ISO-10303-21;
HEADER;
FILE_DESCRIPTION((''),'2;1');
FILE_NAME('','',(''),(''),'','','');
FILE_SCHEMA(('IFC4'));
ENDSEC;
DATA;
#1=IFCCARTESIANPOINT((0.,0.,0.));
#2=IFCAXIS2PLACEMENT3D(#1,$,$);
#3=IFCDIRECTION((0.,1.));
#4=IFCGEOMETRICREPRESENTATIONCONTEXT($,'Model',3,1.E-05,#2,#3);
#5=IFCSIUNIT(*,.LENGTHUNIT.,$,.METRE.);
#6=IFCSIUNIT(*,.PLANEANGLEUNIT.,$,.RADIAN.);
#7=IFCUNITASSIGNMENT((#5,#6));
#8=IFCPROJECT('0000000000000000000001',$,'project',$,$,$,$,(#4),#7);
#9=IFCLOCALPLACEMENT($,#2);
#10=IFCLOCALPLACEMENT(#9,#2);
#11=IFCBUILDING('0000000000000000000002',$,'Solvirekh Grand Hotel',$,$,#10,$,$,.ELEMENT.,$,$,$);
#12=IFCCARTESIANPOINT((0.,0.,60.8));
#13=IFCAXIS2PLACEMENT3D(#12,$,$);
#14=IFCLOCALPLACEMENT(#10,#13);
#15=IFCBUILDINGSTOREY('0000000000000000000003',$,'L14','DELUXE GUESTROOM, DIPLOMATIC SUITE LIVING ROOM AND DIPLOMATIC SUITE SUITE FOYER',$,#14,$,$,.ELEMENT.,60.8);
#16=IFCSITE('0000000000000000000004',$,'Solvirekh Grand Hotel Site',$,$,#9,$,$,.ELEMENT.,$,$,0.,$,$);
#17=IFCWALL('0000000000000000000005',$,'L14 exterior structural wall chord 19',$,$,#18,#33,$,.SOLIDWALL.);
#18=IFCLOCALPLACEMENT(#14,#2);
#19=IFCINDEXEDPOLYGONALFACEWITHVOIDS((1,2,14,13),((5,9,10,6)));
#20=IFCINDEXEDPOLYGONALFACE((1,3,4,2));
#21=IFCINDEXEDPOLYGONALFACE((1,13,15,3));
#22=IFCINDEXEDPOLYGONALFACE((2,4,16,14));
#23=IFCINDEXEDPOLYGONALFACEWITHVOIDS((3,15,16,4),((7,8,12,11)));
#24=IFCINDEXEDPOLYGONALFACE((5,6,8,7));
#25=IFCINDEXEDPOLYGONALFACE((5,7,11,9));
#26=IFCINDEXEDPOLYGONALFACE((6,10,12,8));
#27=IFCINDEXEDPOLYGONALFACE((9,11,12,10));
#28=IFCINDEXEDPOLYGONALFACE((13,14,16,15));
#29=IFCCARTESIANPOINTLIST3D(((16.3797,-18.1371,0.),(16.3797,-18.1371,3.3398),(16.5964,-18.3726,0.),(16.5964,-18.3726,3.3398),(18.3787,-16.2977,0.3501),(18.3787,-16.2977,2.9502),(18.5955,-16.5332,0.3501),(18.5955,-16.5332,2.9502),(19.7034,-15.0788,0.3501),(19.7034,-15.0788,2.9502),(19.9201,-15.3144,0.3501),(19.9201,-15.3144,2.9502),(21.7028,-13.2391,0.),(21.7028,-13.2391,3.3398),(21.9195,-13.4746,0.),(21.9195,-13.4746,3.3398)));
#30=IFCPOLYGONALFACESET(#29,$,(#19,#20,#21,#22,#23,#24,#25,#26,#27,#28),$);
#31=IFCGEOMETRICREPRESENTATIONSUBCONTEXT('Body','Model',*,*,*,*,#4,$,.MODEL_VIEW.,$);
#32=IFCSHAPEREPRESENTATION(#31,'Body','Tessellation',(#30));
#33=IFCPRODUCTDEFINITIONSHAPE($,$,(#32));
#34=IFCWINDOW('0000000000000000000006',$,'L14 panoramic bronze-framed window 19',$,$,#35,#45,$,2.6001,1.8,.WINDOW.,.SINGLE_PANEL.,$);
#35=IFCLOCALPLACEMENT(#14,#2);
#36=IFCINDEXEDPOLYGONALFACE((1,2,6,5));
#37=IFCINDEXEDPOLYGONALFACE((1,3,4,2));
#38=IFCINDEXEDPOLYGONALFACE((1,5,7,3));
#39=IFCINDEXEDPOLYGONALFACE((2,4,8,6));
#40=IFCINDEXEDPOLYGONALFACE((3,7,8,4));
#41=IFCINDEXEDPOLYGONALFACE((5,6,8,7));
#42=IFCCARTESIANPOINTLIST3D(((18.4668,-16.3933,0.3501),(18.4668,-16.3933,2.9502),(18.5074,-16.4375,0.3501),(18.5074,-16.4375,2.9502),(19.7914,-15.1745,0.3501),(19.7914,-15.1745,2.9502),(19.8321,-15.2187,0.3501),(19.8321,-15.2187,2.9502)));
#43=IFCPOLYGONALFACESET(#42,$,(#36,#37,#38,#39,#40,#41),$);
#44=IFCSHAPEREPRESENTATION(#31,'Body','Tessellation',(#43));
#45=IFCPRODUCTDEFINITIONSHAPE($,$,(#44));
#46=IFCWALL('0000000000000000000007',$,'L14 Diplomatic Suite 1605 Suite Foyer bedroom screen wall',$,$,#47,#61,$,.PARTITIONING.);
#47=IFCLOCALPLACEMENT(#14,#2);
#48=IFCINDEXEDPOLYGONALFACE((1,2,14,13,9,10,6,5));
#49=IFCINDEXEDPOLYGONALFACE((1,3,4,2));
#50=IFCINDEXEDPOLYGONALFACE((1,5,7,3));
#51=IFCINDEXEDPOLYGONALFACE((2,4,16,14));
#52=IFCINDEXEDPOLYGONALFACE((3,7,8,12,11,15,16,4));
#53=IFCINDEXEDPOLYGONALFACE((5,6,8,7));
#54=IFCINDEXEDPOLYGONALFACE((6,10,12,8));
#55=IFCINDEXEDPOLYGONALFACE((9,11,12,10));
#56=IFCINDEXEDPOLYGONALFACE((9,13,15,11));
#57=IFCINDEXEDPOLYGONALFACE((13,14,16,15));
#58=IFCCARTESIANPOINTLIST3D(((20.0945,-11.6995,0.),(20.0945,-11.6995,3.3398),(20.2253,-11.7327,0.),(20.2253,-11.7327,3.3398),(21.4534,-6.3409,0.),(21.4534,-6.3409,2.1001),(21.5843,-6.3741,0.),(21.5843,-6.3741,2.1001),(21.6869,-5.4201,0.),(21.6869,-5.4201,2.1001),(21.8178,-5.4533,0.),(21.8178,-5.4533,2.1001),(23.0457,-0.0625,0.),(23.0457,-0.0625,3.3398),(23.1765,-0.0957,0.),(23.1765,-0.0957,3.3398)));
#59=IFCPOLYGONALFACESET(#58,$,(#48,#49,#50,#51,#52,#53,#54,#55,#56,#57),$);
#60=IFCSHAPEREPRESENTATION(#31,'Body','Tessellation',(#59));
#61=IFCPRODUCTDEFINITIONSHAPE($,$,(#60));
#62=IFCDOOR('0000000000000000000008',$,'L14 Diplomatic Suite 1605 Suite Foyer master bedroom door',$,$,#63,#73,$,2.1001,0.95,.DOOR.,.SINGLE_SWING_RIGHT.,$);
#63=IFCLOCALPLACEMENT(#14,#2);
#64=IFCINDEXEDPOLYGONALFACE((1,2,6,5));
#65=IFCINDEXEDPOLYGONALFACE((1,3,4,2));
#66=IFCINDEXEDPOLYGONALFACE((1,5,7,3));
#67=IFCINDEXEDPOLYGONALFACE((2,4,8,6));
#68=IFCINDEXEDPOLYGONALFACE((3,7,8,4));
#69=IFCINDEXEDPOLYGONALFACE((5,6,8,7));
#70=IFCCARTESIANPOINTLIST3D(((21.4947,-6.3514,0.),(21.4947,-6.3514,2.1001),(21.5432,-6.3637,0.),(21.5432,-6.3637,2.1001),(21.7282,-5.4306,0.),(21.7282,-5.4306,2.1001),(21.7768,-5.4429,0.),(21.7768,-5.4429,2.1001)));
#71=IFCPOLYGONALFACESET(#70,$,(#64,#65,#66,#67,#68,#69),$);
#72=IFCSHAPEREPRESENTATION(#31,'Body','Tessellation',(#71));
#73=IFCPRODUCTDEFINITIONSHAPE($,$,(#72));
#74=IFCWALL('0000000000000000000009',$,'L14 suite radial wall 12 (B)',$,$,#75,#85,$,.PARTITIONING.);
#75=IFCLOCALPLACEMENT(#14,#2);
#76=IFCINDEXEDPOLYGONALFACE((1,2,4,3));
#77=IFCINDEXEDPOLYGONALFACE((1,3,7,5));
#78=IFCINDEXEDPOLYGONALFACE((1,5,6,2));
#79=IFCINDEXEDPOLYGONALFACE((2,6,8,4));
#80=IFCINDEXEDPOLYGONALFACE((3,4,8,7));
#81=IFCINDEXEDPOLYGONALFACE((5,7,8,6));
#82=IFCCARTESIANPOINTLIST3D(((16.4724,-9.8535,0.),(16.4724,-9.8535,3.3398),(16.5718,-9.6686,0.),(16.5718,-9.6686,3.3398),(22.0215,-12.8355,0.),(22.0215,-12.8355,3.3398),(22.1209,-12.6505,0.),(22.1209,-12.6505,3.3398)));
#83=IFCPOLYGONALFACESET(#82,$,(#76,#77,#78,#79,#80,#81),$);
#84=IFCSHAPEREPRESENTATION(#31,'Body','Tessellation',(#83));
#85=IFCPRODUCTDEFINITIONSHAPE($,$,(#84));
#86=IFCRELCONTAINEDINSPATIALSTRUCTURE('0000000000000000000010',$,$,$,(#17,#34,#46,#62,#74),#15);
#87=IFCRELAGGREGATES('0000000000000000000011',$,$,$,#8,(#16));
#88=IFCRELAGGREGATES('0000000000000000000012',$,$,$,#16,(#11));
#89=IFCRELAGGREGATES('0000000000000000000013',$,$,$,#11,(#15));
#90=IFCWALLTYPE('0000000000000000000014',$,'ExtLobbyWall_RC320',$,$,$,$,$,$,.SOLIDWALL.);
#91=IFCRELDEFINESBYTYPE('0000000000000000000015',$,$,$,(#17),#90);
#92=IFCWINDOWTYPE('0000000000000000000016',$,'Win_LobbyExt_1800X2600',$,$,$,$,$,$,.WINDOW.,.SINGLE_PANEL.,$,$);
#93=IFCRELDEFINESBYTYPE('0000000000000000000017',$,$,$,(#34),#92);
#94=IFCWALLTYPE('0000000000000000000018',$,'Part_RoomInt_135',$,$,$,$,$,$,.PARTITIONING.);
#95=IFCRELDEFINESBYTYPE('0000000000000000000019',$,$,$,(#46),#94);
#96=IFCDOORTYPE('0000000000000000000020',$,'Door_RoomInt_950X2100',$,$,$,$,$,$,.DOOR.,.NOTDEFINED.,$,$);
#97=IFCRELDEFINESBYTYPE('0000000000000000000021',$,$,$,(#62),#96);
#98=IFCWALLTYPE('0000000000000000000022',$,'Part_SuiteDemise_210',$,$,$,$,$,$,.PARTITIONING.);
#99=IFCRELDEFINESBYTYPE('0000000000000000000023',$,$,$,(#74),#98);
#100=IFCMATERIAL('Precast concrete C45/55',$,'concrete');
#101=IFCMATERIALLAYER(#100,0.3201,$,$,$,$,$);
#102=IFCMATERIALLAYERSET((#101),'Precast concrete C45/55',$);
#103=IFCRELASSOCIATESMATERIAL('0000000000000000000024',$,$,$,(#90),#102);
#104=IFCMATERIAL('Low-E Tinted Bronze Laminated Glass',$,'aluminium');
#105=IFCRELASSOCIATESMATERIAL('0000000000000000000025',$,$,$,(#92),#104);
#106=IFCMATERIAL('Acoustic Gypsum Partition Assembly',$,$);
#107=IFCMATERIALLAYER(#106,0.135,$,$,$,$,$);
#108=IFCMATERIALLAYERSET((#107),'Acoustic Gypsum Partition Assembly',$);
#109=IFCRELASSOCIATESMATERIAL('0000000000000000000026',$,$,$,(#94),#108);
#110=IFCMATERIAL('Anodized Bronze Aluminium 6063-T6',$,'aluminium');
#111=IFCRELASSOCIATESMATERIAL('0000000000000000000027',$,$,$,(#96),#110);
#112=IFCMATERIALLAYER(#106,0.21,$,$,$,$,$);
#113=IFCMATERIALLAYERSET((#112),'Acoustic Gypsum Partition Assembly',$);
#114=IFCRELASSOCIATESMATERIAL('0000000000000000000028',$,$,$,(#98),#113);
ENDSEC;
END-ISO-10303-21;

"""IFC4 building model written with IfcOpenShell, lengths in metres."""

from ifc_helpers import new_model, si_unit, direction, frame, frame_2d, origin, place, context, subcontext, project, spatial, rectangle, extrude, material, layer, layer_set, type_object, element, fill, save


model = new_model("IFC4")

# Units and contexts
model_context = context("Model", 3, precision=1e-05, world=origin(), true_north=direction((0.0, 1.0)))
body_context = subcontext(model_context, "Body", "Model", "MODEL_VIEW")
ifc_project = project(units=[si_unit("LENGTHUNIT", "METRE"), si_unit("PLANEANGLEUNIT", "RADIAN")], contexts=[model_context])

# Site, building, storey
site_placement = place(None, origin())
site = spatial("IfcSite", under=ifc_project, at=site_placement, Name="Solvirekh Grand Hotel Site", CompositionType="ELEMENT", RefElevation=0.0)
building_placement = place(site_placement, origin())
building = spatial("IfcBuilding", under=site, at=building_placement, Name="Solvirekh Grand Hotel", CompositionType="ELEMENT")
storey_placement = place(building_placement, frame((0.0, 0.0, 60.8)))
storey = spatial("IfcBuildingStorey", under=building, at=storey_placement, Name="L14", Description="DELUXE GUESTROOM, DIPLOMATIC SUITE LIVING ROOM AND DIPLOMATIC SUITE SUITE FOYER", CompositionType="ELEMENT", Elevation=60.8)

# Shared definitions
ifc_material_1 = material(Name="Anodized Bronze Aluminium 6063-T6", Category="aluminium")
ifc_material_2 = material(Name="Low-E Tinted Bronze Laminated Glass", Category="aluminium")

# Wall, opening, window
ifc_material_3 = material(Name="Precast concrete C45/55", Category="concrete")
ifc_layer_1 = layer(ifc_material_3, 0.3201)
ifc_layer_set_1 = layer_set([ifc_layer_1], Name="Precast concrete C45/55")
wall_type_1 = type_object("IfcWallType", Name="ExtLobbyWall_RC320", PredefinedType="SOLIDWALL", material=ifc_layer_set_1)
window_type = type_object("IfcWindowType", Name="Win_LobbyExt_1800X2600", PartitioningType="SINGLE_PANEL", PredefinedType="WINDOW", material=ifc_material_2)
wall_1_placement = place(storey_placement, frame((21.811, -13.3569, 0.0), z_axis=(0.0, 0.0, 1.0), x_axis=(-0.735877, -0.677116, 0.0)))
wall_1 = element("IfcWall", 1, at=wall_1_placement, inside=storey, type_object=wall_type_1, Name="L14 exterior structural wall chord 19", PredefinedType="SOLIDWALL", context=body_context, shape_type="SweptSolid", body=[
    extrude(rectangle(XDim=7.2336, YDim=0.3201, at=frame_2d((3.6167, 0.0))), origin(), (0.0, 0.0, 1.0), 3.3398),
])
opening_1_placement = place(wall_1_placement, frame((2.717, 0.0, 0.3501)))
opening_1 = element("IfcOpeningElement", 2, at=opening_1_placement, cuts=wall_1, PredefinedType="OPENING", context=body_context, shape_type="SweptSolid", body=[
    extrude(rectangle(XDim=1.8, YDim=2.6001, at=frame_2d((0.8999, 1.3))), frame((0.0, 0.1699, 0.0), z_axis=(0.0, -1.0, 0.0), x_axis=(1.0, 0.0, 0.0)), (0.0, 0.0, 1.0), 0.3401),
])
window_1_placement = place(opening_1_placement, origin())
window_1 = element("IfcWindow", 3, at=window_1_placement, inside=storey, type_object=window_type, Name="L14 panoramic bronze-framed window 19", OverallHeight=2.6001, OverallWidth=1.8, PartitioningType="SINGLE_PANEL", PredefinedType="WINDOW", context=body_context, shape_type="SweptSolid", body=[
    extrude(rectangle(XDim=1.8, YDim=2.6001, at=frame_2d((0.8999, 1.3))), frame((0.0, 0.03, 0.0), z_axis=(0.0, -1.0, 0.0), x_axis=(1.0, 0.0, 0.0)), (0.0, 0.0, 1.0), 0.0601),
])
fill(opening_1, window_1)

# Wall, opening, door
ifc_material_4 = material(Name="Acoustic Gypsum Partition Assembly")
ifc_layer_2 = layer(ifc_material_4, 0.135)
ifc_layer_set_2 = layer_set([ifc_layer_2], Name="Acoustic Gypsum Partition Assembly")
wall_type_2 = type_object("IfcWallType", Name="Part_RoomInt_135", PredefinedType="PARTITIONING", material=ifc_layer_set_2)
wall_2_placement = place(storey_placement, frame((20.1599, -11.7161, 0.0), z_axis=(0.0, 0.0, 1.0), x_axis=(0.245821, 0.969315, 0.0)))
wall_2 = element("IfcWall", 4, at=wall_2_placement, inside=storey, type_object=wall_type_2, Name="L14 Diplomatic Suite 1605 Suite Foyer bedroom screen wall", PredefinedType="PARTITIONING", context=body_context, shape_type="SweptSolid", body=[
    extrude(rectangle(XDim=12.0054, YDim=0.135, at=frame_2d((6.0027, 0.0))), origin(), (0.0, 0.0, 1.0), 3.3398),
])
opening_2_placement = place(wall_2_placement, frame((5.5281, 0.0, 0.0)))
opening_2 = element("IfcOpeningElement", 5, at=opening_2_placement, cuts=wall_2, PredefinedType="OPENING", context=body_context, shape_type="SweptSolid", body=[
    extrude(rectangle(XDim=0.95, YDim=2.1001, at=frame_2d((0.4751, 1.05))), frame((0.0, 0.0776, 0.0), z_axis=(0.0, -1.0, 0.0), x_axis=(1.0, 0.0, 0.0)), (0.0, 0.0, 1.0), 0.155),
])
door_type = type_object("IfcDoorType", Name="Door_RoomInt_950X2100", OperationType="NOTDEFINED", PredefinedType="DOOR", material=ifc_material_1)
door_placement = place(opening_2_placement, origin())
door = element("IfcDoor", 6, at=door_placement, inside=storey, type_object=door_type, Name="L14 Diplomatic Suite 1605 Suite Foyer master bedroom door", OperationType="SINGLE_SWING_RIGHT", OverallHeight=2.1001, OverallWidth=0.95, PredefinedType="DOOR", context=body_context, shape_type="SweptSolid", body=[
    extrude(rectangle(XDim=0.95, YDim=2.1001, at=frame_2d((0.4751, 1.05))), frame((0.0, 0.0249, 0.0), z_axis=(0.0, -1.0, 0.0), x_axis=(1.0, 0.0, 0.0)), (0.0, 0.0, 1.0), 0.05),
])
fill(opening_2, door)

# Wall
ifc_layer_3 = layer(ifc_material_4, 0.21)
ifc_layer_set_3 = layer_set([ifc_layer_3], Name="Acoustic Gypsum Partition Assembly")
wall_type_3 = type_object("IfcWallType", Name="Part_SuiteDemise_210", PredefinedType="PARTITIONING", material=ifc_layer_set_3)
wall_3_placement = place(storey_placement, frame((16.522, -9.761, 0.0), z_axis=(0.0, 0.0, 1.0), x_axis=(0.88087, -0.473358, 0.0)))
element("IfcWall", 7, at=wall_3_placement, inside=storey, type_object=wall_type_3, Name="L14 suite radial wall 12 (B)", PredefinedType="PARTITIONING", context=body_context, shape_type="SweptSolid", body=[
    extrude(rectangle(XDim=6.2996, YDim=0.21, at=frame_2d((3.1499, 0.0))), origin(), (0.0, 0.0, 1.0), 3.3398),
])

save(model, "model.ifc")
